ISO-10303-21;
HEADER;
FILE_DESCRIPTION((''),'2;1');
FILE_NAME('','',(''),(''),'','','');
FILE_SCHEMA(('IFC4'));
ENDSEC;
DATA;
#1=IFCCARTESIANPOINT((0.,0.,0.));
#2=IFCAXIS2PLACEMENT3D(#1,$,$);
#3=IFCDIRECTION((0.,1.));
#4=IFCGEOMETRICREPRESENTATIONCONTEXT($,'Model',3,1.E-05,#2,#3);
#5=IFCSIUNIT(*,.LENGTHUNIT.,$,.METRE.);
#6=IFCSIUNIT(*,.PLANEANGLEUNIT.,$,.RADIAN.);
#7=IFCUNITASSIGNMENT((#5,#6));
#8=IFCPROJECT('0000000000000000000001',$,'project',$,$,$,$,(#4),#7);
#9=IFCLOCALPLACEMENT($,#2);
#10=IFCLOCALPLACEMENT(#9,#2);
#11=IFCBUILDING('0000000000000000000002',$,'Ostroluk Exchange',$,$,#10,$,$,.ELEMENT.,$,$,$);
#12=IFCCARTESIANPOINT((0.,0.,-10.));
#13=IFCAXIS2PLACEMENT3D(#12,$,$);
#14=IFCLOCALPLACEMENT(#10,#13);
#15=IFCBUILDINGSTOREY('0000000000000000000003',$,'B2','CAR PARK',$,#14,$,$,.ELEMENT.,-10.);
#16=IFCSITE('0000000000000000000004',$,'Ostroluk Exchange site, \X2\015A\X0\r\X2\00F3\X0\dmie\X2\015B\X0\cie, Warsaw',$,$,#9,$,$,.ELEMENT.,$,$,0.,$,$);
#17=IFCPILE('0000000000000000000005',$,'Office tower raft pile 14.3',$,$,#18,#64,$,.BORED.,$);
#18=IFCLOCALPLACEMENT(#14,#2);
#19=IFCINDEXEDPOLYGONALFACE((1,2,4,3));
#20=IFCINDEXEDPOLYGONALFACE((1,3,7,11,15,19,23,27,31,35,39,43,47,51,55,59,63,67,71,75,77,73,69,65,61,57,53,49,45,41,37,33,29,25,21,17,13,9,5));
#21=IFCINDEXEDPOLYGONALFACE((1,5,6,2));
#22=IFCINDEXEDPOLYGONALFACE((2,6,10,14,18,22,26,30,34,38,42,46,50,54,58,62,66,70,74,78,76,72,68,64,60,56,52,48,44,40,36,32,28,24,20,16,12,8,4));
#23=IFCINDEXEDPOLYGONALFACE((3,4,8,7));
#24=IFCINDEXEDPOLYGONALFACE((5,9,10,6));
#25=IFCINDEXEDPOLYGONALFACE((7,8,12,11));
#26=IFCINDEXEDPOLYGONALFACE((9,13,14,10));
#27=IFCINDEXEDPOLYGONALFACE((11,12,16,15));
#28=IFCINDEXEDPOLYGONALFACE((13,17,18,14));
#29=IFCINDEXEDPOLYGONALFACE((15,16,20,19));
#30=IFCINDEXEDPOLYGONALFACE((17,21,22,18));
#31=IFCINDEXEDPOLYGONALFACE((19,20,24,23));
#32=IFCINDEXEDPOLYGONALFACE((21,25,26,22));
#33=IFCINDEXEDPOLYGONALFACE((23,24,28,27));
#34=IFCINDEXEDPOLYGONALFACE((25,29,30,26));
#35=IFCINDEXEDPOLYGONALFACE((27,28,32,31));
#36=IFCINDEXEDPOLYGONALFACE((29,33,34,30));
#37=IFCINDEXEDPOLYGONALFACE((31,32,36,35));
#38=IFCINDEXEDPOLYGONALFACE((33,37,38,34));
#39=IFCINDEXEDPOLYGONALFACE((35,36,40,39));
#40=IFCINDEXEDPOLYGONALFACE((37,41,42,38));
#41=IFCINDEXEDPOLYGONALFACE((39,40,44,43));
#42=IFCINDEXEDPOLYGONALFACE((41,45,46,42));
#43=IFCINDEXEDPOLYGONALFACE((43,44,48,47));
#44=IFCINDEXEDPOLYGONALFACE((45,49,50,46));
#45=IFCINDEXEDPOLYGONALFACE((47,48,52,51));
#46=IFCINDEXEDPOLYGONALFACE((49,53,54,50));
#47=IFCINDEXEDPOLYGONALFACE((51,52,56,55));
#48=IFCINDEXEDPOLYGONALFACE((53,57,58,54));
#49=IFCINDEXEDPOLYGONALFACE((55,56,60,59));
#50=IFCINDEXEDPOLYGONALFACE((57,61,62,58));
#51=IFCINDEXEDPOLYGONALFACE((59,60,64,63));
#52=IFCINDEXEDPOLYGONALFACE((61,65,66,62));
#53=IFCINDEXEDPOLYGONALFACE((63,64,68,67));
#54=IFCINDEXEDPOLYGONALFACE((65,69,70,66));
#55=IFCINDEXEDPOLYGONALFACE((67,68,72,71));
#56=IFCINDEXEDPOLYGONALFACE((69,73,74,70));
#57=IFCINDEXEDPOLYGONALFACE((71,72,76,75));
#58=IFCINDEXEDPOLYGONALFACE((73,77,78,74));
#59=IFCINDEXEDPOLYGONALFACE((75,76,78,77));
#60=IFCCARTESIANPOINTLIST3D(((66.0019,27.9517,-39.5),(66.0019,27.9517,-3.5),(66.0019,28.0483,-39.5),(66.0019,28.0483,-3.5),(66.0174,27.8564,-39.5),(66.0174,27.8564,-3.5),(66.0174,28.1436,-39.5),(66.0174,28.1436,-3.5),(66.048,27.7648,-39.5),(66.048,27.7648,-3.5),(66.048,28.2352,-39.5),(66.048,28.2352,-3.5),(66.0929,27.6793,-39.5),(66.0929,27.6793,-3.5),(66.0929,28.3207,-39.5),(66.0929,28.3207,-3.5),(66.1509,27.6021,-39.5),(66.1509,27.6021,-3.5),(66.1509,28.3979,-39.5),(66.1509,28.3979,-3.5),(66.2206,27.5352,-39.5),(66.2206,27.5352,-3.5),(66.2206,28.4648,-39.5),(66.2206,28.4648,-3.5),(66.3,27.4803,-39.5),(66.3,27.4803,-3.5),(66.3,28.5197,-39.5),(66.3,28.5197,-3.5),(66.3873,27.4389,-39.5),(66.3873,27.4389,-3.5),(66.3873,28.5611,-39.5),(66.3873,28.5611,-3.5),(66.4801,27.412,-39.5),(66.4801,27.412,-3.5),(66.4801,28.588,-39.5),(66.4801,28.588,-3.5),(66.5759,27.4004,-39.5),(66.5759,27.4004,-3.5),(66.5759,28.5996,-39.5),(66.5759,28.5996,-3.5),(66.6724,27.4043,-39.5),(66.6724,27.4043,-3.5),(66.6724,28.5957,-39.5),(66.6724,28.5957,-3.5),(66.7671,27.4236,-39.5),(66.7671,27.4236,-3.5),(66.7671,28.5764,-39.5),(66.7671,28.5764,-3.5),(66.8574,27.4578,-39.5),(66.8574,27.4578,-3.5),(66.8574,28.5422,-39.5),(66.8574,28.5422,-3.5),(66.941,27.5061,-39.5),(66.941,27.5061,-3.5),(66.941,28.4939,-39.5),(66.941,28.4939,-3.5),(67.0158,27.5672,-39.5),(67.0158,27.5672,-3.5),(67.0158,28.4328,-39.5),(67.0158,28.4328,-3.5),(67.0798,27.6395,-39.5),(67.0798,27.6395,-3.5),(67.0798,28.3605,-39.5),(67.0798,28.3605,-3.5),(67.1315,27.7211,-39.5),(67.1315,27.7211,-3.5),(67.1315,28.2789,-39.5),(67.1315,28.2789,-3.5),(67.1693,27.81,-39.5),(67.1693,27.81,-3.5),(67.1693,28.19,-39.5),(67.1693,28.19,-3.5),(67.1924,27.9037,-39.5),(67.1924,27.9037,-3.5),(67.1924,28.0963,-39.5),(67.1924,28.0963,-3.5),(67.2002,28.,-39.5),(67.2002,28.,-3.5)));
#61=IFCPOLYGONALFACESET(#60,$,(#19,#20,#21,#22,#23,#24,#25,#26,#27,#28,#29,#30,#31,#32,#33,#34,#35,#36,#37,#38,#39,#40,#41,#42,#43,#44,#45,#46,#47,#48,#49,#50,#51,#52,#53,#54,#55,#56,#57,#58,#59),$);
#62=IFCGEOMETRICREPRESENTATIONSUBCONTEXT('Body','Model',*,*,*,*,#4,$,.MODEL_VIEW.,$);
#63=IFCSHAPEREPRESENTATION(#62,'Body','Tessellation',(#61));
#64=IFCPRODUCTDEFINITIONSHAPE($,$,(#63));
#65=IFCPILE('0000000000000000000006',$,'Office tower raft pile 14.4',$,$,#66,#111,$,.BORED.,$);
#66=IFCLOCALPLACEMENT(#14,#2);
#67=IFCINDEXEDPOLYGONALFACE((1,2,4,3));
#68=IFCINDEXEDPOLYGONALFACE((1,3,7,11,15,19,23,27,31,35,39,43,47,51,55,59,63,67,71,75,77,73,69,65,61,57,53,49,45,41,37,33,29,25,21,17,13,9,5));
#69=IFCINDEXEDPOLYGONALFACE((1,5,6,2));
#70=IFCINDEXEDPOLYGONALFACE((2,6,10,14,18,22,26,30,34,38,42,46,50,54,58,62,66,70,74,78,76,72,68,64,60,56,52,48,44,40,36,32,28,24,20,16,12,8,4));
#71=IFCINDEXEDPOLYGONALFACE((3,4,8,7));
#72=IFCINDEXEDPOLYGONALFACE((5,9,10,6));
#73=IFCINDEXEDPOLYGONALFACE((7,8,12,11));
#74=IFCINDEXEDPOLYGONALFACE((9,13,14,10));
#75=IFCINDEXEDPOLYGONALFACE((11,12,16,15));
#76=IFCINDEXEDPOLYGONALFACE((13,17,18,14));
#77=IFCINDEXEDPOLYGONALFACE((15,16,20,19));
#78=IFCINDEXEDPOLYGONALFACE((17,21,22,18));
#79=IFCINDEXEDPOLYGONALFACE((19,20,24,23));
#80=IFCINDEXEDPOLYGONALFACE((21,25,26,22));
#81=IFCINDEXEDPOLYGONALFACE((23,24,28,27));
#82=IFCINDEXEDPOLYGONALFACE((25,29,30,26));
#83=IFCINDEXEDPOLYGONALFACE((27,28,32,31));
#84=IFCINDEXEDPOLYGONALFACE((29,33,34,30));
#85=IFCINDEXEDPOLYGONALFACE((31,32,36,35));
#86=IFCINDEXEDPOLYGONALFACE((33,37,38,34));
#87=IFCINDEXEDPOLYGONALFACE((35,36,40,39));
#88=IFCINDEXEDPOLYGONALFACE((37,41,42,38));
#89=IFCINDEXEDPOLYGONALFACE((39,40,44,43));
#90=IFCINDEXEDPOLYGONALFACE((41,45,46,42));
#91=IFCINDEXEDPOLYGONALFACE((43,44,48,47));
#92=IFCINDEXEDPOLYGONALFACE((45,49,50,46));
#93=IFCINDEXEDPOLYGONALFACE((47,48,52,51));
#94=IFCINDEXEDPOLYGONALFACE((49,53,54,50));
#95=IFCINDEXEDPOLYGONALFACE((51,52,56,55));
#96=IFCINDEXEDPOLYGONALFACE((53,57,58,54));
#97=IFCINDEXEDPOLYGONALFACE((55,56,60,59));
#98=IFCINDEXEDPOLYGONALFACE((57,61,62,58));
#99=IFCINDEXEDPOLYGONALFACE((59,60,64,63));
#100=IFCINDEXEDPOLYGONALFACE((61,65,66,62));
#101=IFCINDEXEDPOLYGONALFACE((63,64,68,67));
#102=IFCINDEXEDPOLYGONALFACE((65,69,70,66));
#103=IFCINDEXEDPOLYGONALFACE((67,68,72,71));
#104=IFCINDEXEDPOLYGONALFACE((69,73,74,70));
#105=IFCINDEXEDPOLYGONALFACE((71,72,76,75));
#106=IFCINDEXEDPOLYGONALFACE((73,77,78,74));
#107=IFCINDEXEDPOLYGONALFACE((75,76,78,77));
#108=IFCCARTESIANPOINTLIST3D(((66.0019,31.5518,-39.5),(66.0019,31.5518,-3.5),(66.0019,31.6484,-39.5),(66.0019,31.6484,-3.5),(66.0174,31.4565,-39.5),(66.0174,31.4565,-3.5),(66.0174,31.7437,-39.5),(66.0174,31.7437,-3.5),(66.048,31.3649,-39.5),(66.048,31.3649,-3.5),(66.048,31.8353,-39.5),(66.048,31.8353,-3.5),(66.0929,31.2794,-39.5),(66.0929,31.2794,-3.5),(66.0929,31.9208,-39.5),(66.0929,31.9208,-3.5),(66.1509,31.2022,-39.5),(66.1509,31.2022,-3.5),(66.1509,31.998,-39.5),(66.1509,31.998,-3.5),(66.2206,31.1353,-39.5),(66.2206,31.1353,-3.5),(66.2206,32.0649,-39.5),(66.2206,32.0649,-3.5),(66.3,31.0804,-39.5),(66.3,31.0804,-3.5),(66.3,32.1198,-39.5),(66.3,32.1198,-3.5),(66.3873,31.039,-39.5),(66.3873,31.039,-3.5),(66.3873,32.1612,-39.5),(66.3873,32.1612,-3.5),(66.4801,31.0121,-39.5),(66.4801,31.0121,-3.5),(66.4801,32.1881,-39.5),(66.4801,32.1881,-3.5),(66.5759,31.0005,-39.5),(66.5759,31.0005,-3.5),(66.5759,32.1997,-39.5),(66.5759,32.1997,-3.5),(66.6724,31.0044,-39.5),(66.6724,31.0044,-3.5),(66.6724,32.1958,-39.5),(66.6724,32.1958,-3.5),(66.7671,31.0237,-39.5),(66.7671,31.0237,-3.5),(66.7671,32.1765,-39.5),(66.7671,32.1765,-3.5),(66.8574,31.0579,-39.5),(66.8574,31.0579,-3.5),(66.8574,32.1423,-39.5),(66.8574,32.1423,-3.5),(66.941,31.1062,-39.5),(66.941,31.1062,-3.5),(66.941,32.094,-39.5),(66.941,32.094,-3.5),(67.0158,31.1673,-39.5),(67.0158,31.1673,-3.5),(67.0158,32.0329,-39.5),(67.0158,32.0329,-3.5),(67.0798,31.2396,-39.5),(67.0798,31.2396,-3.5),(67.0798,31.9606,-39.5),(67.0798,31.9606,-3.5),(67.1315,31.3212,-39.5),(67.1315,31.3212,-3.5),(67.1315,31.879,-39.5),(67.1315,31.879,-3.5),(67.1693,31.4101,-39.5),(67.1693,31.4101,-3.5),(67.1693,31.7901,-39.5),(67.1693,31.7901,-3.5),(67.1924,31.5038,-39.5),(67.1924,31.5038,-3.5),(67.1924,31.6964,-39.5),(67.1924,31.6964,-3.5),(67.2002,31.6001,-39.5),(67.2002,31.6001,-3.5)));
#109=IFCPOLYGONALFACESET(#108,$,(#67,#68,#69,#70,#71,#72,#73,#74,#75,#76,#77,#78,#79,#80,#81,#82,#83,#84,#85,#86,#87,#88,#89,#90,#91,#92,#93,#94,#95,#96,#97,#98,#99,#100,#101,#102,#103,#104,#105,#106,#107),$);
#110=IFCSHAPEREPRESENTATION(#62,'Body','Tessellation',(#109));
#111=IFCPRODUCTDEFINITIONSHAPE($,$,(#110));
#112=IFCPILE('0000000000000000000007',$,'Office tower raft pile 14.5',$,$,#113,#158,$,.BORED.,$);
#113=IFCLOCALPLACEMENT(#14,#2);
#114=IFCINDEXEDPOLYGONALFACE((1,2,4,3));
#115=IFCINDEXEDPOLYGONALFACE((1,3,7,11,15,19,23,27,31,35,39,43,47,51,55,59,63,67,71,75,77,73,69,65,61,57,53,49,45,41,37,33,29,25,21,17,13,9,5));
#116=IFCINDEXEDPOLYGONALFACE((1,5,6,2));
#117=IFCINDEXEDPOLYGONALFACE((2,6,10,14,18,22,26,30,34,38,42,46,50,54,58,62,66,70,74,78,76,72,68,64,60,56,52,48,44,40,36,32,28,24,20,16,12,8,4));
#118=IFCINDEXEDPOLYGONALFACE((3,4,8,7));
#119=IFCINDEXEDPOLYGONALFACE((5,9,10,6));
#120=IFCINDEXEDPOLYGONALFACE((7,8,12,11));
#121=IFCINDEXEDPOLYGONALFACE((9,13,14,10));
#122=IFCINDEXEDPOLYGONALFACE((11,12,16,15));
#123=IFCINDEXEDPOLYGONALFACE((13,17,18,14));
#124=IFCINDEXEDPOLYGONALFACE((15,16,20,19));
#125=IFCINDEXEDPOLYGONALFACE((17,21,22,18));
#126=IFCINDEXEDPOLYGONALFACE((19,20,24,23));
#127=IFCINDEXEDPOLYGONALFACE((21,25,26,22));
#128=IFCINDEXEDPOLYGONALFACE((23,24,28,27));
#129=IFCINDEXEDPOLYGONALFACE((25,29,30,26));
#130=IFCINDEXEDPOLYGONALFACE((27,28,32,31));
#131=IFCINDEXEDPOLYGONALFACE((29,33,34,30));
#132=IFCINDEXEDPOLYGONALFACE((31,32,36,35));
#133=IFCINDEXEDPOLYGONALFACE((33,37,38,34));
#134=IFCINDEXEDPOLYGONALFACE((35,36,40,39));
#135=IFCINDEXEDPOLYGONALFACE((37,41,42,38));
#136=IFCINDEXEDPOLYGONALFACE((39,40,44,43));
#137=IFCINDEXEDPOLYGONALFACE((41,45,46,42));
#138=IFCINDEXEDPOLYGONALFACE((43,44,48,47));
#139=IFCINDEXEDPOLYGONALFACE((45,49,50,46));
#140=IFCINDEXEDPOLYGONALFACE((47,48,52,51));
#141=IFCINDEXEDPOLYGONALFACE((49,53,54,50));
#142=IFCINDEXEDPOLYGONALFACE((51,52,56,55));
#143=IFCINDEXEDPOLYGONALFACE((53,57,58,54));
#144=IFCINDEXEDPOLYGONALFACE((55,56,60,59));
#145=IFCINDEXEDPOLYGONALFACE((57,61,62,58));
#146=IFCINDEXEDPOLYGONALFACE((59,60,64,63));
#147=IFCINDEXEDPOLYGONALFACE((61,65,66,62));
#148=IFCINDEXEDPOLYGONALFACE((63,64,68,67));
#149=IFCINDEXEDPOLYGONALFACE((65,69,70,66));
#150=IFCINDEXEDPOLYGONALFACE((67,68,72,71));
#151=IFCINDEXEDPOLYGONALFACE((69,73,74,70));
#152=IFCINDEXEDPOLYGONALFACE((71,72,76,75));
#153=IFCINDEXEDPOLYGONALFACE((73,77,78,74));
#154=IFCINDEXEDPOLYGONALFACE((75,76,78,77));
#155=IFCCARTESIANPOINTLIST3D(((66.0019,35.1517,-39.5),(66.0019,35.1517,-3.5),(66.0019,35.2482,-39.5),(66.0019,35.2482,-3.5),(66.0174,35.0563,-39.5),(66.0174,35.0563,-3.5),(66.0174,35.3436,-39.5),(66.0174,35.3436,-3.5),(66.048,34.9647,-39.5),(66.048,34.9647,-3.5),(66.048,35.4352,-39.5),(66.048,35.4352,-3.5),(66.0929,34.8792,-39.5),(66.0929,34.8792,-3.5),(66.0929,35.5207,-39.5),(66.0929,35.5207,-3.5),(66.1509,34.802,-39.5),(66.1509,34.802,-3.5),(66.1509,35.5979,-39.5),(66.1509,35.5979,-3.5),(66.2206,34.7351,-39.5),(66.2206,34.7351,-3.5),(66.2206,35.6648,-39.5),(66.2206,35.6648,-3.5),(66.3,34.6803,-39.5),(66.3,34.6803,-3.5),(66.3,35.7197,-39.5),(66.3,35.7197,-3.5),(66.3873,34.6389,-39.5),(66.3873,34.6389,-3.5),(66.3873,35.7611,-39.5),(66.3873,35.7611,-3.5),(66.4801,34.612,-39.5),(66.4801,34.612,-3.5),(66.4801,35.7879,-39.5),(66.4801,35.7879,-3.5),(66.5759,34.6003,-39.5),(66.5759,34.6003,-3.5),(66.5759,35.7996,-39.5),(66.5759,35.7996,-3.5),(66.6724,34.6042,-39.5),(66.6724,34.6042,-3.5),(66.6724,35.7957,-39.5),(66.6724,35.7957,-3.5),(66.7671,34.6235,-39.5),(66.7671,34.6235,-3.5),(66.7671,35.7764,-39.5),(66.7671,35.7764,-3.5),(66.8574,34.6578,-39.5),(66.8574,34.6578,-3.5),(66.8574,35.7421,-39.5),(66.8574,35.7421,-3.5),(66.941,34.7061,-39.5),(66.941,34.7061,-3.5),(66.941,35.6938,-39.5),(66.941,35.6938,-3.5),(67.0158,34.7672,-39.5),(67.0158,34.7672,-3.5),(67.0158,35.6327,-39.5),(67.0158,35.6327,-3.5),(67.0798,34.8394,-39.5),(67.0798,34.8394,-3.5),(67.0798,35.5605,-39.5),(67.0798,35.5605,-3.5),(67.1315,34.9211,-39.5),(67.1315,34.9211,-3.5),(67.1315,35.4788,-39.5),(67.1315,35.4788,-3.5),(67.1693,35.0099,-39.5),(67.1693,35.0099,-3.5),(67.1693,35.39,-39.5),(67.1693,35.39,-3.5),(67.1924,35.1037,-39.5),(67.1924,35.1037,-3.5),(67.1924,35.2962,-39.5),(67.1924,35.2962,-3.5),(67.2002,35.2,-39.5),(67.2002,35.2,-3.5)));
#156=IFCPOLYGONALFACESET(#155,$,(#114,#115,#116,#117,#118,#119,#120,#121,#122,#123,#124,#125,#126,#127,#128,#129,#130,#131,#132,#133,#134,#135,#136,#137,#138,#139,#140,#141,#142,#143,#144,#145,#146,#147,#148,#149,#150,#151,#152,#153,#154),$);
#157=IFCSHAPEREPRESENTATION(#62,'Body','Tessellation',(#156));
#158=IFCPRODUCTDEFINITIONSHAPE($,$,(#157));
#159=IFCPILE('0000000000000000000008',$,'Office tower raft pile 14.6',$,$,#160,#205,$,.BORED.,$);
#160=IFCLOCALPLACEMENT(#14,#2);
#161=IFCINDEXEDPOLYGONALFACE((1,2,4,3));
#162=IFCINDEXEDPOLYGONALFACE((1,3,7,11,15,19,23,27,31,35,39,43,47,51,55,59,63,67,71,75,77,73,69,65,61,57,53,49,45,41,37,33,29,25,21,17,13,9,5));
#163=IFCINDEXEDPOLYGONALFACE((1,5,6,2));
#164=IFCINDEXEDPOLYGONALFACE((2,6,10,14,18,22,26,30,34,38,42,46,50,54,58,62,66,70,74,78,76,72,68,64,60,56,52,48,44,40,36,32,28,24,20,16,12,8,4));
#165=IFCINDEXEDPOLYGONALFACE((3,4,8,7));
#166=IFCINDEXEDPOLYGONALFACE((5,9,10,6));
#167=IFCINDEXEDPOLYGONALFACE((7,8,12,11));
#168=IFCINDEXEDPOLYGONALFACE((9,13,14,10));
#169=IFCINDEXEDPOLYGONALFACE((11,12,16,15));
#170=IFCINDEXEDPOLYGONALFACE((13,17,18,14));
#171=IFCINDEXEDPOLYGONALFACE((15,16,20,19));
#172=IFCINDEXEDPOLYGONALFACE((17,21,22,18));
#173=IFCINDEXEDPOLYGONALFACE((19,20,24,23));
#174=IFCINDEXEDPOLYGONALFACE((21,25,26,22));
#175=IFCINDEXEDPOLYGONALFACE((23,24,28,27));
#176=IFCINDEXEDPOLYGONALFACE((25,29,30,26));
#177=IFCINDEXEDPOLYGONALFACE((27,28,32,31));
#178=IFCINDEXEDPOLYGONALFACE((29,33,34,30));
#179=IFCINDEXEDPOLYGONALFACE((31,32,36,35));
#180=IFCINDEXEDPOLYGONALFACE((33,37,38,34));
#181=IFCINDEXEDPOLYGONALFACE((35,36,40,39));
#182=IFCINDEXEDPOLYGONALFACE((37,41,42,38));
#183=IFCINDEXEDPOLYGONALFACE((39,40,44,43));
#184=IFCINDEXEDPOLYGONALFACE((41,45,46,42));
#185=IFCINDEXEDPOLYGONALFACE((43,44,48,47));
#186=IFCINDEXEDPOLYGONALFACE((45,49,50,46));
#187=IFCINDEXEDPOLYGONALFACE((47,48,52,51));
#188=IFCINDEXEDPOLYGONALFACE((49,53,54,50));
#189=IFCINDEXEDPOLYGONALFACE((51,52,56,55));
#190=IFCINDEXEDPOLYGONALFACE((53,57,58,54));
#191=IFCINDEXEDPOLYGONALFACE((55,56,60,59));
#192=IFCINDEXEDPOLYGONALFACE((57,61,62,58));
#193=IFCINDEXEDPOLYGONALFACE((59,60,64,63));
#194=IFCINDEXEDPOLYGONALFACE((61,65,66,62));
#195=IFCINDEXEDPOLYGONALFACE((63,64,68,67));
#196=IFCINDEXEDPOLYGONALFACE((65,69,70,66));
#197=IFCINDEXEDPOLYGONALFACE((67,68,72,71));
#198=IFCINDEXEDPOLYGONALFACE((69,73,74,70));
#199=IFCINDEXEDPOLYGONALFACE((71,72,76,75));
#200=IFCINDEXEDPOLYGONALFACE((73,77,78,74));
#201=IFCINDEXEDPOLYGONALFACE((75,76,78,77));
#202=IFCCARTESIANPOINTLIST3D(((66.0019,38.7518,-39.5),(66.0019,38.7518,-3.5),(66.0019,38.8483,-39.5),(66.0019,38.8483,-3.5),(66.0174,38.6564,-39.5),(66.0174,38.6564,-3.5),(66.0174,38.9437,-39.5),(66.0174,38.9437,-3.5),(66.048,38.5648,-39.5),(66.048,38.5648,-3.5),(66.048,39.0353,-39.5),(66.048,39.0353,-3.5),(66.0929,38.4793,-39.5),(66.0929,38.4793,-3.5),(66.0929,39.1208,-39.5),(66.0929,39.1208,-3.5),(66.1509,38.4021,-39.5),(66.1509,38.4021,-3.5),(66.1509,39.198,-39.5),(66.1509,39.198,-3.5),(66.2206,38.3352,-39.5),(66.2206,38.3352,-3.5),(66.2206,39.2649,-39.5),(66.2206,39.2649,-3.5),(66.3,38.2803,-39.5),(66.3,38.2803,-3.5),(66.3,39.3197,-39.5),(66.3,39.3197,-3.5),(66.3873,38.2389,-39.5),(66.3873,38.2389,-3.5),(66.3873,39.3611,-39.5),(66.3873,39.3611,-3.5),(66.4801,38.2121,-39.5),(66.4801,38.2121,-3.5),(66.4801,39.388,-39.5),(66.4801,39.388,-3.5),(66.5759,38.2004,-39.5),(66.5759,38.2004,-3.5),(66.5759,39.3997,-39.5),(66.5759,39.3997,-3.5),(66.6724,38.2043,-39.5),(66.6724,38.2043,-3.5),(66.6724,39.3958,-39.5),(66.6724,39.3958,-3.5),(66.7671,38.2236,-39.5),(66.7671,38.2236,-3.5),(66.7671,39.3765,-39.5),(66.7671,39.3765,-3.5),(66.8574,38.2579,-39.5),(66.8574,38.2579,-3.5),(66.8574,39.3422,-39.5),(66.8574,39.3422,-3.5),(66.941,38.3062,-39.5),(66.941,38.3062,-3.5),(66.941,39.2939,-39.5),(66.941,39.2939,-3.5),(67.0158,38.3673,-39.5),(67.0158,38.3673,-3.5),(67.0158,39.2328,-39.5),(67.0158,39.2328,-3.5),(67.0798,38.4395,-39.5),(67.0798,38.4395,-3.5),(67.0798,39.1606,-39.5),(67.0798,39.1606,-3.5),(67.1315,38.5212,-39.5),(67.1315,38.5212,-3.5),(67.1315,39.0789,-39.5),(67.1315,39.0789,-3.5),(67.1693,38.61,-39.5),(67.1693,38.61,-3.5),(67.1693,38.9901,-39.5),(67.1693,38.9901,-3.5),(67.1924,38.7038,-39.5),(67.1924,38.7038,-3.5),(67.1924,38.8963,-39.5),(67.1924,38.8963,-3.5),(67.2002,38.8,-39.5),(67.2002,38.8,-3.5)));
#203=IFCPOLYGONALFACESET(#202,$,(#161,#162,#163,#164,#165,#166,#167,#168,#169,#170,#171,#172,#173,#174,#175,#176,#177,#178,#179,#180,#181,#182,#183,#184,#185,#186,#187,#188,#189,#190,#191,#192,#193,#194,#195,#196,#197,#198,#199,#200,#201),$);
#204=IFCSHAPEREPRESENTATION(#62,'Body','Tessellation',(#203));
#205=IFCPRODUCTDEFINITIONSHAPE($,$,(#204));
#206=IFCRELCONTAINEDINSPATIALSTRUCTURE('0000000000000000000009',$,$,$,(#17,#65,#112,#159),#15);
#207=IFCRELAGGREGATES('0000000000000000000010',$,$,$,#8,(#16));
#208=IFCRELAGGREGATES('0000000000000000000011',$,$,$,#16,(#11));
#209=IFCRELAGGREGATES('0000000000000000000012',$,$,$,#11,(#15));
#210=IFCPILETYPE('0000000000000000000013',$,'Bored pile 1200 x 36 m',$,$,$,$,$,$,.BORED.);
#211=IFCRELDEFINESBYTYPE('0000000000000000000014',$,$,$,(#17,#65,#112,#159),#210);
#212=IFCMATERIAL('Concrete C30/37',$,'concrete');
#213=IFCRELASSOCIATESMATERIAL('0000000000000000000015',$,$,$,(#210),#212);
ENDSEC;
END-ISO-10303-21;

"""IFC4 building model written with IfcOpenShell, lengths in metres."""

from ifc_helpers import new_model, si_unit, direction, frame, origin, origin_2d, place, context, subcontext, project, spatial, circle, extrude, material, type_object, element, save


model = new_model("IFC4")

# Units and contexts
model_context = context("Model", 3, precision=1e-05, world=origin(), true_north=direction((0.0, 1.0)))
body_context = subcontext(model_context, "Body", "Model", "MODEL_VIEW")
ifc_project = project(units=[si_unit("LENGTHUNIT", "METRE"), si_unit("PLANEANGLEUNIT", "RADIAN")], contexts=[model_context])

# Site, building, storey
site_placement = place(None, origin())
site = spatial("IfcSite", under=ifc_project, at=site_placement, Name="Ostroluk Exchange site, Śródmieście, Warsaw", CompositionType="ELEMENT", RefElevation=0.0)
building_placement = place(site_placement, origin())
building = spatial("IfcBuilding", under=site, at=building_placement, Name="Ostroluk Exchange", CompositionType="ELEMENT")
storey_placement = place(building_placement, frame((0.0, 0.0, -10.0)))
storey = spatial("IfcBuildingStorey", under=building, at=storey_placement, Name="B2", Description="CAR PARK", CompositionType="ELEMENT", Elevation=-10.0)

# Piles
ifc_material_1 = material(Name="Concrete C30/37", Category="concrete")
pile_type_1 = type_object("IfcPileType", Name="Bored pile 1200 x 36 m", PredefinedType="BORED", material=ifc_material_1)
for number, where, z_axis, x_axis, name in (
    (1, (66.6001, 28.0, -3.5), (0.0, 0.0, -1.0), (1.0, 0.0, 0.0), "Office tower raft pile 14.3"),
    (2, (66.6001, 31.6001, -3.5), (0.0, 0.0, -1.0), (1.0, 0.0, 0.0), "Office tower raft pile 14.4"),
    (3, (66.6001, 35.2, -3.5), (0.0, 0.0, -1.0), (1.0, 0.0, 0.0), "Office tower raft pile 14.5"),
    (4, (66.6001, 38.8, -3.5), (0.0, 0.0, -1.0), (1.0, 0.0, 0.0), "Office tower raft pile 14.6"),
):
    element("IfcPile", number, at=place(storey_placement, frame(where, z_axis=z_axis, x_axis=x_axis)), inside=storey, type_object=pile_type_1, Name=name, PredefinedType="BORED", context=body_context, shape_type="SweptSolid", body=[
        extrude(circle(Radius=0.6001, at=origin_2d()), origin(), (0.0, 0.0, 1.0), 36.0),
    ])

save(model, "model.ifc")
